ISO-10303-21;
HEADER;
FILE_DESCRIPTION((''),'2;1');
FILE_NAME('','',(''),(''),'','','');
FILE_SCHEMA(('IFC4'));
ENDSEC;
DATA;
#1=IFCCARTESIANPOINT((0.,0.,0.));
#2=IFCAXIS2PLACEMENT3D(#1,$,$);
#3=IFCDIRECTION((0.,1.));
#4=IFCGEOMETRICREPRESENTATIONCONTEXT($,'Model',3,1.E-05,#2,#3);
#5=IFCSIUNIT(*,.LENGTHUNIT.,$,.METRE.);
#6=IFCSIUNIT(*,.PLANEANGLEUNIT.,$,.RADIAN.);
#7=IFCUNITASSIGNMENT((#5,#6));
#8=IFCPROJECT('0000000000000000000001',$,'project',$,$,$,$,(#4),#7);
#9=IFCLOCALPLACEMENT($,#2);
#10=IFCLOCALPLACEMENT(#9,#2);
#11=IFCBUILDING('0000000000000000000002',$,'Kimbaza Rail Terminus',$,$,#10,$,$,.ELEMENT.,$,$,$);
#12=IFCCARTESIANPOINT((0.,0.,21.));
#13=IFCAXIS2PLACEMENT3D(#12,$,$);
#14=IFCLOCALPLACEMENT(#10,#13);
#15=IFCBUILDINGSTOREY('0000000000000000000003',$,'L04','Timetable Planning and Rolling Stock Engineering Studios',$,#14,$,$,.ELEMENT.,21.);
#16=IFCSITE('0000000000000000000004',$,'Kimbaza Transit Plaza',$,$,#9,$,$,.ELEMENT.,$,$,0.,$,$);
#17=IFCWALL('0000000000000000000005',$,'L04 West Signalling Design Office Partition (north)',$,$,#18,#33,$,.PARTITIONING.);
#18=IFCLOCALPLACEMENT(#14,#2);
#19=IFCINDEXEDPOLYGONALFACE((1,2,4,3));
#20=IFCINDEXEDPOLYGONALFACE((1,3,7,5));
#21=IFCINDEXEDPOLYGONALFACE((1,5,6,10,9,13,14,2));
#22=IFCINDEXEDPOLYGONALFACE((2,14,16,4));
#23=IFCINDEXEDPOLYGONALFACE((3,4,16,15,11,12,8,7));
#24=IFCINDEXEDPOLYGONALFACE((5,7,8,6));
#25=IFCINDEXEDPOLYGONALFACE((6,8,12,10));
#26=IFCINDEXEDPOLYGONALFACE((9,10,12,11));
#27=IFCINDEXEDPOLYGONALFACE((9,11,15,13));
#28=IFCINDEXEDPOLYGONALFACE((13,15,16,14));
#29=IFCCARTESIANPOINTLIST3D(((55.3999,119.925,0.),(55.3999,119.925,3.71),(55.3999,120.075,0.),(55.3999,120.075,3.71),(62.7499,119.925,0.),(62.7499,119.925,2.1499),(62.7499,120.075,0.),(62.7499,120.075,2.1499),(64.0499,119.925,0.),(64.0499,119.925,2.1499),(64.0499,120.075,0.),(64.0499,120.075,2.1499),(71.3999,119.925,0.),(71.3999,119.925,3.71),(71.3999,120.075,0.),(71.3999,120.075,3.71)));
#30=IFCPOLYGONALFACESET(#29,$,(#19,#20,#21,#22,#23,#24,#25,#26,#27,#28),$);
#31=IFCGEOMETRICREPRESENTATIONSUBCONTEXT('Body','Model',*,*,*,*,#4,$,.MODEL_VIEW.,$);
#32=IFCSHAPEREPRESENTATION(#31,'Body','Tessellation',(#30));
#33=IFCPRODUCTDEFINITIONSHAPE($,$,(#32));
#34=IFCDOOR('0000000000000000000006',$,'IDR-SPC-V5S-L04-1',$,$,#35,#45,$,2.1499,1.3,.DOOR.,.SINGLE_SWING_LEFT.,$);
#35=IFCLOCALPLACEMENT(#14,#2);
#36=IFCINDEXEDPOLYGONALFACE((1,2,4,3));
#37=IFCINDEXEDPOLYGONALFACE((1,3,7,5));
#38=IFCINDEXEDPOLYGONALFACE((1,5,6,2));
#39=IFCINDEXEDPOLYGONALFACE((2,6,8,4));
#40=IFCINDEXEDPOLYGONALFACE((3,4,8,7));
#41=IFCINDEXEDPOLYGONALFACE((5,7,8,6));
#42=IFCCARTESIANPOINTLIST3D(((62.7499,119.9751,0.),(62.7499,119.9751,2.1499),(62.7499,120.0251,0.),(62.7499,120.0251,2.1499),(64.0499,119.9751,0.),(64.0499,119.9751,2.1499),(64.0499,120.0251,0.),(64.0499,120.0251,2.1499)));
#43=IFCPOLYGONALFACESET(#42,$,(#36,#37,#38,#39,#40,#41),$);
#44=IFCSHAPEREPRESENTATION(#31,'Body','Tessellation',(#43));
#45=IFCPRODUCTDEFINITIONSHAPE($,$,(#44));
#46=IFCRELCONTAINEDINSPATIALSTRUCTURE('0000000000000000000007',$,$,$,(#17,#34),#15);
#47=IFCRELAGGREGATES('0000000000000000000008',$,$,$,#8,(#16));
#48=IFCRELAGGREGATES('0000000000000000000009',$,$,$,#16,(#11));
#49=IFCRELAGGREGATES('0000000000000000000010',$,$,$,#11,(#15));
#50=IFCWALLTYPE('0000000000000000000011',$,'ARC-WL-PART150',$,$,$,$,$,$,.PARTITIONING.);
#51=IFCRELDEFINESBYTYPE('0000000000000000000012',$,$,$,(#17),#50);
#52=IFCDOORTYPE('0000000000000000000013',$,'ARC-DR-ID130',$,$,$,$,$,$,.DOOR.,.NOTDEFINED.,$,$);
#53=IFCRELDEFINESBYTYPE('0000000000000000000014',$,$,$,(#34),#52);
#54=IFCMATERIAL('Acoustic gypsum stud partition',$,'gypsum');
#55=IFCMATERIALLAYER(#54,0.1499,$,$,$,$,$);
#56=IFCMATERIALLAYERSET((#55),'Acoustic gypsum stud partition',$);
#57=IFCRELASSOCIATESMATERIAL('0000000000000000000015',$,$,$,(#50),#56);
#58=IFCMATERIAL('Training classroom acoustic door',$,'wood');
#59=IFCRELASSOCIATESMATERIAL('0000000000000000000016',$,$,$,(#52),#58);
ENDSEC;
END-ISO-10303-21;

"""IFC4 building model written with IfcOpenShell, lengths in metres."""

from ifc_helpers import new_model, si_unit, direction, frame, frame_2d, origin, place, context, subcontext, project, spatial, rectangle, extrude, material, layer, layer_set, type_object, element, fill, save


model = new_model("IFC4")

# Units and contexts
model_context = context("Model", 3, precision=1e-05, world=origin(), true_north=direction((0.0, 1.0)))
body_context = subcontext(model_context, "Body", "Model", "MODEL_VIEW")
ifc_project = project(units=[si_unit("LENGTHUNIT", "METRE"), si_unit("PLANEANGLEUNIT", "RADIAN")], contexts=[model_context])

# Site, building, storey
site_placement = place(None, origin())
site = spatial("IfcSite", under=ifc_project, at=site_placement, Name="Kimbaza Transit Plaza", CompositionType="ELEMENT", RefElevation=0.0)
building_placement = place(site_placement, origin())
building = spatial("IfcBuilding", under=site, at=building_placement, Name="Kimbaza Rail Terminus", CompositionType="ELEMENT")
storey_placement = place(building_placement, frame((0.0, 0.0, 21.0)))
storey = spatial("IfcBuildingStorey", under=building, at=storey_placement, Name="L04", Description="Timetable Planning and Rolling Stock Engineering Studios", CompositionType="ELEMENT", Elevation=21.0)

# Wall, opening, door
ifc_material_1 = material(Name="Acoustic gypsum stud partition", Category="gypsum")
ifc_layer_1 = layer(ifc_material_1, 0.1499)
ifc_layer_set_1 = layer_set([ifc_layer_1], Name="Acoustic gypsum stud partition")
wall_type_1 = type_object("IfcWallType", Name="ARC-WL-PART150", PredefinedType="PARTITIONING", material=ifc_layer_set_1)
wall_1_placement = place(storey_placement, frame((71.3999, 120.0, 0.0), z_axis=(0.0, 0.0, 1.0), x_axis=(-1.0, 0.0, 0.0)))
wall_1 = element("IfcWall", 1, at=wall_1_placement, inside=storey, type_object=wall_type_1, Name="L04 West Signalling Design Office Partition (north)", PredefinedType="PARTITIONING", context=body_context, shape_type="SweptSolid", body=[
    extrude(rectangle(XDim=16.0, YDim=0.1499, at=frame_2d((8.0, 0.0))), origin(), (0.0, 0.0, 1.0), 3.71),
])
opening_1_placement = place(wall_1_placement, frame((7.3501, 0.0, 0.0)))
opening_1 = element("IfcOpeningElement", 2, at=opening_1_placement, cuts=wall_1, PredefinedType="OPENING", context=body_context, shape_type="SweptSolid", body=[
    extrude(rectangle(XDim=1.3, YDim=2.1499, at=frame_2d((0.6499, 1.075))), frame((0.0, 0.085, 0.0), z_axis=(0.0, -1.0, 0.0), x_axis=(1.0, 0.0, 0.0)), (0.0, 0.0, 1.0), 0.1699),
])
ifc_material_2 = material(Name="Training classroom acoustic door", Category="wood")
door_type_1 = type_object("IfcDoorType", Name="ARC-DR-ID130", OperationType="NOTDEFINED", PredefinedType="DOOR", material=ifc_material_2)
door_1_placement = place(opening_1_placement, origin())
door_1 = element("IfcDoor", 3, at=door_1_placement, inside=storey, type_object=door_type_1, Name="IDR-SPC-V5S-L04-1", OperationType="SINGLE_SWING_LEFT", OverallHeight=2.1499, OverallWidth=1.3, PredefinedType="DOOR", context=body_context, shape_type="SweptSolid", body=[
    extrude(rectangle(XDim=1.3, YDim=2.1499, at=frame_2d((0.6499, 1.075))), frame((0.0, 0.0249, 0.0), z_axis=(0.0, -1.0, 0.0), x_axis=(1.0, 0.0, 0.0)), (0.0, 0.0, 1.0), 0.05),
])
fill(opening_1, door_1)

save(model, "model.ifc")
